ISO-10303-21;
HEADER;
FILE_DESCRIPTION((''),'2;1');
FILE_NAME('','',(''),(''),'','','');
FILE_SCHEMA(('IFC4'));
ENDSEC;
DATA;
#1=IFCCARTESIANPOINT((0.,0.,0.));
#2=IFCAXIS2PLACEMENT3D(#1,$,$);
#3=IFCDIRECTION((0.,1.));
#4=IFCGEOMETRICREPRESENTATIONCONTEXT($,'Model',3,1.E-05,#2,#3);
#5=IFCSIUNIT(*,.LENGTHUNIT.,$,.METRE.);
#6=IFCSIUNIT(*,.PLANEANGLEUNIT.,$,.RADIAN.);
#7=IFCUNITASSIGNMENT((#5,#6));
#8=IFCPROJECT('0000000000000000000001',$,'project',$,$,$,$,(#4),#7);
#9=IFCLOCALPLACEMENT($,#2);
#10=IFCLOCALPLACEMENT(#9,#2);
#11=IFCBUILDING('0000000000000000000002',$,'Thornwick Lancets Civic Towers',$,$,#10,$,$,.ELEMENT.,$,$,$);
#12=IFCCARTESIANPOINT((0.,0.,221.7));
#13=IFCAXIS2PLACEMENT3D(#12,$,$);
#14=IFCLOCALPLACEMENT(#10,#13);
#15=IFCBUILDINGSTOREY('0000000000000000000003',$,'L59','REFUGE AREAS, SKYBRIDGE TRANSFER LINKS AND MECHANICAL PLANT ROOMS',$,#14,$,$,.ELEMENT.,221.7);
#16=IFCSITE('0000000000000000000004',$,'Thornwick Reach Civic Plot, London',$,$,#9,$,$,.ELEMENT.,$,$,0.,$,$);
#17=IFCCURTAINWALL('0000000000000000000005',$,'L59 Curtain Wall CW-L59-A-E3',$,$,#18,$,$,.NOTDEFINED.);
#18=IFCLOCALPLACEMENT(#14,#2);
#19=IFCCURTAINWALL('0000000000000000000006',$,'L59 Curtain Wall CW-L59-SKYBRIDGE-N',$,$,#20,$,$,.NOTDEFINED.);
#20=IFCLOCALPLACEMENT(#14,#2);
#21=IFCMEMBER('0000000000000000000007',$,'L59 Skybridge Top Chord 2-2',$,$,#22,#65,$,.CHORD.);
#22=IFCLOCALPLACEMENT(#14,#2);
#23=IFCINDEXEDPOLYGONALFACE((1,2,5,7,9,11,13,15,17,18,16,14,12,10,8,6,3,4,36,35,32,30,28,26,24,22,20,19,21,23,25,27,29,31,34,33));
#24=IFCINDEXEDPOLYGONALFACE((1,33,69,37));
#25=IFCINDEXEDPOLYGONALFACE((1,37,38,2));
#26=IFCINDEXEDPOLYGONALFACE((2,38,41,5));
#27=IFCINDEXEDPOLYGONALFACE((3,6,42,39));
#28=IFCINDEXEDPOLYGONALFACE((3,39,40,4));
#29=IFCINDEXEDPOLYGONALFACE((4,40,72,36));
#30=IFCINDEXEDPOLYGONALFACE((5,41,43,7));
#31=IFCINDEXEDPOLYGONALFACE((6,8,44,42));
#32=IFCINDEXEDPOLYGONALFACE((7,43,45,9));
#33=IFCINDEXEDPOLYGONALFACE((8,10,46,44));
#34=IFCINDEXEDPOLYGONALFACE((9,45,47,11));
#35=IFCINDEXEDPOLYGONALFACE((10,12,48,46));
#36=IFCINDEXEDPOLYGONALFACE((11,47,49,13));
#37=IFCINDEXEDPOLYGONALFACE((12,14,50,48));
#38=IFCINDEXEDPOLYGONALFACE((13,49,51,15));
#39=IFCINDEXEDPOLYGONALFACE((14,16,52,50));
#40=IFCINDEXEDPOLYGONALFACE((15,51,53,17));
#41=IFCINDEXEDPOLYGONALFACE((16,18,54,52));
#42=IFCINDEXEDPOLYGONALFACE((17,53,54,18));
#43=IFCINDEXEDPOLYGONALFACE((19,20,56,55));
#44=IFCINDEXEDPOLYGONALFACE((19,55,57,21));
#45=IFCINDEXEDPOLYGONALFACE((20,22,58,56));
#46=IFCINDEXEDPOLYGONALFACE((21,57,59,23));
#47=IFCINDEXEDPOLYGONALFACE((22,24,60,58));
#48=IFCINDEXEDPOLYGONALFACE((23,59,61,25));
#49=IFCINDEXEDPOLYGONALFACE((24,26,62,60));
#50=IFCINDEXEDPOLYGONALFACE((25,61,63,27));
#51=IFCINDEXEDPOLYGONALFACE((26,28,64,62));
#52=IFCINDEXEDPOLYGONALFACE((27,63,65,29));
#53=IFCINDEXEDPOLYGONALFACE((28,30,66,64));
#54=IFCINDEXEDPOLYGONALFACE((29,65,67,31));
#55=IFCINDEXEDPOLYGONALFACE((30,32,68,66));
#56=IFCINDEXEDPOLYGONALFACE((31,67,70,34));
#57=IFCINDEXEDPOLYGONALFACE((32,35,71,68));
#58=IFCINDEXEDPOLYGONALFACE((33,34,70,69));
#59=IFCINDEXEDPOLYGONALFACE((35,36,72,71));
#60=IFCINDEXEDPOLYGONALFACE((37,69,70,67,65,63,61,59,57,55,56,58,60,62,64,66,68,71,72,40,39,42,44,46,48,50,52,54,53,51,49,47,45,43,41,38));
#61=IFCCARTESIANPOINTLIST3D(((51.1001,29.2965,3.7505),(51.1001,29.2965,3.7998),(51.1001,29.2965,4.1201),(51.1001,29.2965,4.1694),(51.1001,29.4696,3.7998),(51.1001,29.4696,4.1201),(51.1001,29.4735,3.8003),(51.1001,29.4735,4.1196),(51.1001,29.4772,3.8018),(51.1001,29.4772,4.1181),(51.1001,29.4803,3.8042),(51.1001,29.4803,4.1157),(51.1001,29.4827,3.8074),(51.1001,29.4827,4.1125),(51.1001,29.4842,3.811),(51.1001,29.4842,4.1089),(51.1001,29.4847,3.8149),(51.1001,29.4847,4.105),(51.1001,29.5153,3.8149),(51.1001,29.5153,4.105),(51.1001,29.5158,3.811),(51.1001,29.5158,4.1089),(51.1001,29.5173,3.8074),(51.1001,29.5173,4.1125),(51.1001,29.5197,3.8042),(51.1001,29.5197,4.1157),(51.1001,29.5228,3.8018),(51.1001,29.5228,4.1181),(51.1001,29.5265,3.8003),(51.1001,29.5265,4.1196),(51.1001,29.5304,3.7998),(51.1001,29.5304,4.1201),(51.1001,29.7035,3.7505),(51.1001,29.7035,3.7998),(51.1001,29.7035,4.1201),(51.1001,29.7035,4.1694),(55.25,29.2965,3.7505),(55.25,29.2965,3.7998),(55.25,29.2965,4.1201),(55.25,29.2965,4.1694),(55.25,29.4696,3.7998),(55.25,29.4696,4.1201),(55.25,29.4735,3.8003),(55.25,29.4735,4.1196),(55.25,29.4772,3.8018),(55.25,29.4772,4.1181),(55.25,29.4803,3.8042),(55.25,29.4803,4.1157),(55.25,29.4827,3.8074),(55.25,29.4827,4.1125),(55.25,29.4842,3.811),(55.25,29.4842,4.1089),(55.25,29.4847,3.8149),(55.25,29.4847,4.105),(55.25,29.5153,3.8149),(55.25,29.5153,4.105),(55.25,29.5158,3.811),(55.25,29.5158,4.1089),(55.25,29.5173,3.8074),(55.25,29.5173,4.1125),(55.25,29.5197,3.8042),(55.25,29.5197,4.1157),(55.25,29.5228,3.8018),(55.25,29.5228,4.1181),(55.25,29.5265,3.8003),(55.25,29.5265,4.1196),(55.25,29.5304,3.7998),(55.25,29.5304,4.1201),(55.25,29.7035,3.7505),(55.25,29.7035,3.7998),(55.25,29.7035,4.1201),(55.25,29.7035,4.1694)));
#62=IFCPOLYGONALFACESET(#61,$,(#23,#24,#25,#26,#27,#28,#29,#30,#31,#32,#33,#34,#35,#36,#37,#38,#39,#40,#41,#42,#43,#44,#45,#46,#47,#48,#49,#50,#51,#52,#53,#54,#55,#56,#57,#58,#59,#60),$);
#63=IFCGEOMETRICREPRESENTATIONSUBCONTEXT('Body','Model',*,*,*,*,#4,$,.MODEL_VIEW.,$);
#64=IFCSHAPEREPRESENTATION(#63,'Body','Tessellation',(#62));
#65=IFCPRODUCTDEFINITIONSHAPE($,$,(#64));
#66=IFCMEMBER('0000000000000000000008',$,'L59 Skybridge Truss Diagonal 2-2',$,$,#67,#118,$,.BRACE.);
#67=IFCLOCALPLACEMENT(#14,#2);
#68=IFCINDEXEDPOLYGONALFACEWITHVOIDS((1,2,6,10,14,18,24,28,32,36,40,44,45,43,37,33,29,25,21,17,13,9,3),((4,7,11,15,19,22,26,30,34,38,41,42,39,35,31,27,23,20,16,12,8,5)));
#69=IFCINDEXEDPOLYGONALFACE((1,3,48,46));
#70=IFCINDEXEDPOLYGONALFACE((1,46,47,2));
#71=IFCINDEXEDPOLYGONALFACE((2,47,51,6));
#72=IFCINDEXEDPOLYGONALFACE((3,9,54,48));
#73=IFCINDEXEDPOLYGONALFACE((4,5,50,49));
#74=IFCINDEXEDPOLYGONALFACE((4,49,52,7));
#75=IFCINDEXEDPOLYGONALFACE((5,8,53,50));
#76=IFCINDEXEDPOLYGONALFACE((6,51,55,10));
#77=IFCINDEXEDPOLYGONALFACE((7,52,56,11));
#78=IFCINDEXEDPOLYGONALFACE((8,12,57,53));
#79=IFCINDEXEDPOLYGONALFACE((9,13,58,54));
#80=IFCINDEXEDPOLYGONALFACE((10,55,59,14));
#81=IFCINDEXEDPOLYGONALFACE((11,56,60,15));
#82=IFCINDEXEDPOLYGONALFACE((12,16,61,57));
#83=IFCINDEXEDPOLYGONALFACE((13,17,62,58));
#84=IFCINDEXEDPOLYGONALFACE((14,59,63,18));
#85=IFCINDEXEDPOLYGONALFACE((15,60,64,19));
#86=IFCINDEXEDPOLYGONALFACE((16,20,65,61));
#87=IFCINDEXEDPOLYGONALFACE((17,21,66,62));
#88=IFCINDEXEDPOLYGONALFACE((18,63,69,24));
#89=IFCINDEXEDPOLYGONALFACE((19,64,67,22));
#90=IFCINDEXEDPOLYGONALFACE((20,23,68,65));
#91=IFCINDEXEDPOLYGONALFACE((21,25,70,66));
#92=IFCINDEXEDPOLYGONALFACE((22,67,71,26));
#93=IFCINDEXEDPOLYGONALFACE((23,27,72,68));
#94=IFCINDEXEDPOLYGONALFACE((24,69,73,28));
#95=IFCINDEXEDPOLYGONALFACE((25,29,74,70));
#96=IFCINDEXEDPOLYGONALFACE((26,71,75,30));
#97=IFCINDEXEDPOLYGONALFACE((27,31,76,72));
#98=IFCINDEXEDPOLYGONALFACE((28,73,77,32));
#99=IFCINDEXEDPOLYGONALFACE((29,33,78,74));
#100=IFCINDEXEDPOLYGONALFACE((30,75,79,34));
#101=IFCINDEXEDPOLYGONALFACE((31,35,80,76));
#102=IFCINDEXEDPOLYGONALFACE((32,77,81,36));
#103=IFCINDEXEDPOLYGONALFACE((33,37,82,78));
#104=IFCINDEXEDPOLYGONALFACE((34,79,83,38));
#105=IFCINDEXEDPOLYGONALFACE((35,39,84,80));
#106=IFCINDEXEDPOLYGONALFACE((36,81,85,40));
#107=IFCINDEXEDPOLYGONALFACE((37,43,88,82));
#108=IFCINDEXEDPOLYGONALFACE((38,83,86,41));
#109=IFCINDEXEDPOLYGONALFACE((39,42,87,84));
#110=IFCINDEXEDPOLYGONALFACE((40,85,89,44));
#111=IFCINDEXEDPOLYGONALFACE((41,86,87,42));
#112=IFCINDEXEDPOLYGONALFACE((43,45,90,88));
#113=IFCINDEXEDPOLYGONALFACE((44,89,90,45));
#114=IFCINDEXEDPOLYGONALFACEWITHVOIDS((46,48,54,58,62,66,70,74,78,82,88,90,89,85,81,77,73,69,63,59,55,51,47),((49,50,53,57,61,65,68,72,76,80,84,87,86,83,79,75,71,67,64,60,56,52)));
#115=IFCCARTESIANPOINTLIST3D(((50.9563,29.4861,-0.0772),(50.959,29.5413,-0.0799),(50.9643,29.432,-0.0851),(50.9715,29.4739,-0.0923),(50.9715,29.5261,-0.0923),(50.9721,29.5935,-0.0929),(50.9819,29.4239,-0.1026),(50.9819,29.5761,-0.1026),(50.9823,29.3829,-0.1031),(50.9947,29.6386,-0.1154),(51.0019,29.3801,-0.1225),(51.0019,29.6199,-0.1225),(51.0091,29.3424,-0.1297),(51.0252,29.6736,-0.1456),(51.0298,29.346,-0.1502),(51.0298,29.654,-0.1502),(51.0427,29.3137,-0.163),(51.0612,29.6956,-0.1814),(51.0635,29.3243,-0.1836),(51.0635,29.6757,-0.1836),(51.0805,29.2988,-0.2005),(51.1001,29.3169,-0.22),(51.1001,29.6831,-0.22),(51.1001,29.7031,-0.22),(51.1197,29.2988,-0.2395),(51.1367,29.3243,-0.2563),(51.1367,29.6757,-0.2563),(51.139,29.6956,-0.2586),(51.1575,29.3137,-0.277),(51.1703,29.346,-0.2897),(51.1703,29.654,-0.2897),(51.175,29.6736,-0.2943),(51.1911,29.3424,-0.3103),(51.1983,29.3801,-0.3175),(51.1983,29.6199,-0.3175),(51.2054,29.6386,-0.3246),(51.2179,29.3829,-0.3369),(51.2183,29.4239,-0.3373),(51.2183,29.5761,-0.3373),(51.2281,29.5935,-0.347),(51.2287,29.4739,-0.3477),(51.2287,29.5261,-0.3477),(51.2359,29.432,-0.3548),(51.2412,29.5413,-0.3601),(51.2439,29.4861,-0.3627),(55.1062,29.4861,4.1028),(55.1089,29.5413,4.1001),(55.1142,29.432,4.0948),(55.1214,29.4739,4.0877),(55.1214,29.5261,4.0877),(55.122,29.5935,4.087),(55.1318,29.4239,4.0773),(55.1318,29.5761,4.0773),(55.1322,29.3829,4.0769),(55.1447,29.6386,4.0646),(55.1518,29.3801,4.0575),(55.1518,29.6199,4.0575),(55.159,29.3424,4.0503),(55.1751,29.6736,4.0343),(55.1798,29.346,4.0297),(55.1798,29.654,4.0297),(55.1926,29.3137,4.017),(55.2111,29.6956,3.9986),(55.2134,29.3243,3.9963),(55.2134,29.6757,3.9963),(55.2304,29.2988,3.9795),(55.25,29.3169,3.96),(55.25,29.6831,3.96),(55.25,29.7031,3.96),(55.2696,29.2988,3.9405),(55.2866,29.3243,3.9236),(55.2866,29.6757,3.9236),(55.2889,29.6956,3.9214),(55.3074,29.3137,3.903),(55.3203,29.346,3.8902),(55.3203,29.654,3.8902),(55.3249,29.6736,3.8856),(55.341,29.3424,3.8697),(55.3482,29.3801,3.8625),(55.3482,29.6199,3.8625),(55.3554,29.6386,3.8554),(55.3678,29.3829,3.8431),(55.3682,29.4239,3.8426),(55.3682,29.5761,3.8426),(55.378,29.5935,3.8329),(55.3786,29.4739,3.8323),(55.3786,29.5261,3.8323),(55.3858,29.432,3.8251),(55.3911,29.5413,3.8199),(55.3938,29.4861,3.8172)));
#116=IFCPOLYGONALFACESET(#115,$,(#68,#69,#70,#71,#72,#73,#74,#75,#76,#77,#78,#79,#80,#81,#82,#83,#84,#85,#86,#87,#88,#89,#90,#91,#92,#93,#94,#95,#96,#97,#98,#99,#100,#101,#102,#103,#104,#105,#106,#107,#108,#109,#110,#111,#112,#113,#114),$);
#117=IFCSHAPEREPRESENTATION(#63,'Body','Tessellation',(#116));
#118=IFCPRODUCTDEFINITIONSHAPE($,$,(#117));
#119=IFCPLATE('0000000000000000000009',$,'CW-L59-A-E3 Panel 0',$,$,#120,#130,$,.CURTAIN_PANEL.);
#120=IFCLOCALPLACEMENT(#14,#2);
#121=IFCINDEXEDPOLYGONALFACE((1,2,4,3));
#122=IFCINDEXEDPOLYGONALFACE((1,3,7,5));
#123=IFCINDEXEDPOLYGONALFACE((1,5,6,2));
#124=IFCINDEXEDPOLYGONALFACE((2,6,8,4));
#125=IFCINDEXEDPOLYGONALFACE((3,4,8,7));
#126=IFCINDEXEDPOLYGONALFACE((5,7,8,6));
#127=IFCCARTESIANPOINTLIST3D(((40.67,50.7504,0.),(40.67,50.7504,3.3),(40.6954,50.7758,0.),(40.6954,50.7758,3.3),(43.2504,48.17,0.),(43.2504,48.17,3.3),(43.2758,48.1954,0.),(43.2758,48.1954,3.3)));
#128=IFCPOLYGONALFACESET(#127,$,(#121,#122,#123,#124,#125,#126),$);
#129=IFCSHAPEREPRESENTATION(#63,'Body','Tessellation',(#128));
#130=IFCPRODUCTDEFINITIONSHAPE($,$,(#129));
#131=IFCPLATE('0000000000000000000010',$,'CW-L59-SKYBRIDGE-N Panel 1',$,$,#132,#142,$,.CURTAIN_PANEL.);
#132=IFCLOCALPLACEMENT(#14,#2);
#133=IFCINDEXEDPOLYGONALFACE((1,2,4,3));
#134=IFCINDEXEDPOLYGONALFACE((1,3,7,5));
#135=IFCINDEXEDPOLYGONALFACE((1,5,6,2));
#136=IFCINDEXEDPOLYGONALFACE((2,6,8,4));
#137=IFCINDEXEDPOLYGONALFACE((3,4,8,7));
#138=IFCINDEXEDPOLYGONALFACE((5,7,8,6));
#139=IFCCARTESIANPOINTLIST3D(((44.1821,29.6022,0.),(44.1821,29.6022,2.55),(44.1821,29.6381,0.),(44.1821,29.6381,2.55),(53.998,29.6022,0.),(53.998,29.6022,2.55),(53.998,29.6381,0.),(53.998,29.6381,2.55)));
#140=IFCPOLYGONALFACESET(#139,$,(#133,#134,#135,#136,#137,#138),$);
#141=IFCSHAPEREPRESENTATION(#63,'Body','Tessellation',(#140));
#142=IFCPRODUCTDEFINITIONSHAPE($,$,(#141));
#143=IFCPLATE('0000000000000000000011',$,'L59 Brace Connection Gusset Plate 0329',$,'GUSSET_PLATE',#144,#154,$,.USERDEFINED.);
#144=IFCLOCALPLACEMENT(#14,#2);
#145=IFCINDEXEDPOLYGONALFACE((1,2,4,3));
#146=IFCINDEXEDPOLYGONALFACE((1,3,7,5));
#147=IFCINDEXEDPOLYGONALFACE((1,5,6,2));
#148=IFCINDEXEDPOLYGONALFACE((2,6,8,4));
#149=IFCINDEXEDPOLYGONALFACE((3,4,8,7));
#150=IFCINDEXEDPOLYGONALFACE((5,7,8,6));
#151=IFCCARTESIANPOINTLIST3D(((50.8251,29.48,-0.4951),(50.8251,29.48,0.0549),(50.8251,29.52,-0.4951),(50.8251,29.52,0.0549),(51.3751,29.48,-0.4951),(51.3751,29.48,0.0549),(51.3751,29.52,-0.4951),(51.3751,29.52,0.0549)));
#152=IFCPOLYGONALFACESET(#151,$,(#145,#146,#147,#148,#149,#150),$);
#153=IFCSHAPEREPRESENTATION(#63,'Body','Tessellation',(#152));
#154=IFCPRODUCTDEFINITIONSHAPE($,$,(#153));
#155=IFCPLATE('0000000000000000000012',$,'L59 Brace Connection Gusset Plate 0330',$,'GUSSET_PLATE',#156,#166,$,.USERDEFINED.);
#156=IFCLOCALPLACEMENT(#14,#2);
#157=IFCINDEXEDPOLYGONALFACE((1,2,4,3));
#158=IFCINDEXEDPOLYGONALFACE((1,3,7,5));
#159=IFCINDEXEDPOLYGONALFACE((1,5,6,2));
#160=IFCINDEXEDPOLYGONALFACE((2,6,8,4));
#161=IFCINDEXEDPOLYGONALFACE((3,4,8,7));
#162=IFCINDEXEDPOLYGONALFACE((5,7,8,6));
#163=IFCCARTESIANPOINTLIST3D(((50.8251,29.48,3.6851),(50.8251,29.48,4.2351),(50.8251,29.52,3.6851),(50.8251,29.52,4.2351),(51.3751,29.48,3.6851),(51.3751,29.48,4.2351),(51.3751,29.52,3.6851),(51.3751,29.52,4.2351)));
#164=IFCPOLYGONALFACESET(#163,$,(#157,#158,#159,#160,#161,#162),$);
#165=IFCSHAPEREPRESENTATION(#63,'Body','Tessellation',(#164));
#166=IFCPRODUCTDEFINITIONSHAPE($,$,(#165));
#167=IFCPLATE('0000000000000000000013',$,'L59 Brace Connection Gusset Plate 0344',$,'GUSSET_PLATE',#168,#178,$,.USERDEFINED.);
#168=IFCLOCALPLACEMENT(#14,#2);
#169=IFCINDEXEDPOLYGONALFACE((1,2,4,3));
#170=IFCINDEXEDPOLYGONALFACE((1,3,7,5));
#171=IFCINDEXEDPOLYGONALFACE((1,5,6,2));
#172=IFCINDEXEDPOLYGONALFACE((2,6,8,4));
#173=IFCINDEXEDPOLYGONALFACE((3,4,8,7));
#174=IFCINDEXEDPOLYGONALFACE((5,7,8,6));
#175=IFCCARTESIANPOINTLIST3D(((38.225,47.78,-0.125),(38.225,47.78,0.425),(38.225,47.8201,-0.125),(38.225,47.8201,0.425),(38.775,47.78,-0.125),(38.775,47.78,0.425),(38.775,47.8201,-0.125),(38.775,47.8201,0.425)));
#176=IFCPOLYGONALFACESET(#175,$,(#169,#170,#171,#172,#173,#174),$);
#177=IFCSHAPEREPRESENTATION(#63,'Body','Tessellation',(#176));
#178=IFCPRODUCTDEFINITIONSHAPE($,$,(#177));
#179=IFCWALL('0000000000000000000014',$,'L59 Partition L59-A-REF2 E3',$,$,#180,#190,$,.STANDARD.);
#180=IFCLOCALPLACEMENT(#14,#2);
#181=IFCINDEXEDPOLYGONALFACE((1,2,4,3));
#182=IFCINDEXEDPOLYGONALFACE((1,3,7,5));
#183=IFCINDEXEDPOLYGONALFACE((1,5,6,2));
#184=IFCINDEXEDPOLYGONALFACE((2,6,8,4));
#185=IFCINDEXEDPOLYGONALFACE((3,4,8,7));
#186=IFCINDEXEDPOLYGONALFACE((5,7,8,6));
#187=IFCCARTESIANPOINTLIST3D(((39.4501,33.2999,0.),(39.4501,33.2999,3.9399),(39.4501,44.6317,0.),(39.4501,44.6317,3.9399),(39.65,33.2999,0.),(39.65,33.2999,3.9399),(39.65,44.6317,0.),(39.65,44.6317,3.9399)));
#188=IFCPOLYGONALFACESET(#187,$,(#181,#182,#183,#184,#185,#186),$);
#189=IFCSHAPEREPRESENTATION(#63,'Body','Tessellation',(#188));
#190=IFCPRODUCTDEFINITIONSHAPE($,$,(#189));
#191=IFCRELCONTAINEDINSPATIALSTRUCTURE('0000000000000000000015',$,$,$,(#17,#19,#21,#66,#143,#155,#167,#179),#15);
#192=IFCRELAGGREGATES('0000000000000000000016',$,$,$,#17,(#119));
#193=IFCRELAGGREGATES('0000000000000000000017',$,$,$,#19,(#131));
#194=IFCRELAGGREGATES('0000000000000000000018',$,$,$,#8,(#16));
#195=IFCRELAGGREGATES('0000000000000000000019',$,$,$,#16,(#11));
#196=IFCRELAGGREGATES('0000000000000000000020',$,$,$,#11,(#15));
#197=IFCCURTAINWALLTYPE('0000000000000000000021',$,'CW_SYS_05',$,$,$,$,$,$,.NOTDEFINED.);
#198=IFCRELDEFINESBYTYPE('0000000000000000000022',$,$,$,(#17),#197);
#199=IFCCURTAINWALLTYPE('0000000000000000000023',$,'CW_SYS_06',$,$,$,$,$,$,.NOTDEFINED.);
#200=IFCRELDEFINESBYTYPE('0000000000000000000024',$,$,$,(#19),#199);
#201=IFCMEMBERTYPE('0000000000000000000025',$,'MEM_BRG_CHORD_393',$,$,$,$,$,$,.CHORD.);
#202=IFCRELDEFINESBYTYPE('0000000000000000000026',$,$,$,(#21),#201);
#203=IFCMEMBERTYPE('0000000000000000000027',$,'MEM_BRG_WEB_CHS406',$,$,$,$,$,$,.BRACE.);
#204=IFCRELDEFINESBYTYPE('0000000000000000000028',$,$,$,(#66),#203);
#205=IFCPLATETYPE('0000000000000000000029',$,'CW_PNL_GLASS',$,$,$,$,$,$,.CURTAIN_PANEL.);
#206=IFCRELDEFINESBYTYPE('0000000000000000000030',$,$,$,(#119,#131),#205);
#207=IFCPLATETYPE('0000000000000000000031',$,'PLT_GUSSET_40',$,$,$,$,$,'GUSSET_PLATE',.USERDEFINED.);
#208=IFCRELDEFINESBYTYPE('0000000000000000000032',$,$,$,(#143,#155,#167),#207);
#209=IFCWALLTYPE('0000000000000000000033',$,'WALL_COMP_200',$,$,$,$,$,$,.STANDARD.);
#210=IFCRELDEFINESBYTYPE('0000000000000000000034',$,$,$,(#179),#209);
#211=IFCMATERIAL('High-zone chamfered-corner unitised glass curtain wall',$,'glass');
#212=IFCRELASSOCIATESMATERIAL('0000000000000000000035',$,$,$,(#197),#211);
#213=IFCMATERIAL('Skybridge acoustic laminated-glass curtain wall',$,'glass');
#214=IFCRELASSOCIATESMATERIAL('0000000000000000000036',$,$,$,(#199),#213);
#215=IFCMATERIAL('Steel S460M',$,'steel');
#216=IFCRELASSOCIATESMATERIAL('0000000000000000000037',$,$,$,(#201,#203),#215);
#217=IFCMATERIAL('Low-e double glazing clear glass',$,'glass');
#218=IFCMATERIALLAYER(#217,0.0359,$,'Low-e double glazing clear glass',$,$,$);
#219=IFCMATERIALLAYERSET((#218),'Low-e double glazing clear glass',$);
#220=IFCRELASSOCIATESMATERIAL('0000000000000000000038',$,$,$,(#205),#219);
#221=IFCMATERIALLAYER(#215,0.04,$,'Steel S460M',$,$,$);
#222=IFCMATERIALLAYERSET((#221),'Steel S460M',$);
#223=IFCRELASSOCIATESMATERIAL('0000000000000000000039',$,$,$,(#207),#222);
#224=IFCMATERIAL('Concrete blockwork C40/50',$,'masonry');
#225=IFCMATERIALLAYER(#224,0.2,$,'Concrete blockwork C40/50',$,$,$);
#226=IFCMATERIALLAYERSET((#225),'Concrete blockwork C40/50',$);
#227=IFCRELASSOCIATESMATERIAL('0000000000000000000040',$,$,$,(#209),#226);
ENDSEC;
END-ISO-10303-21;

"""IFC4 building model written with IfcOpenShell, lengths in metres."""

from ifc_helpers import new_model, si_unit, direction, frame, frame_2d, origin, origin_2d, place, context, subcontext, project, spatial, rectangle, hollow_circle, i_section, extrude, material, layer, layer_set, material_profile, profile_set, type_object, element, aggregate, save


model = new_model("IFC4")

# Units and contexts
model_context = context("Model", 3, precision=1e-05, world=origin(), true_north=direction((0.0, 1.0)))
body_context = subcontext(model_context, "Body", "Model", "MODEL_VIEW")
ifc_project = project(units=[si_unit("LENGTHUNIT", "METRE"), si_unit("PLANEANGLEUNIT", "RADIAN")], contexts=[model_context])

# Site, building, storey
site_placement = place(None, origin())
site = spatial("IfcSite", under=ifc_project, at=site_placement, Name="Thornwick Reach Civic Plot, London", CompositionType="ELEMENT", RefElevation=0.0)
building_placement = place(site_placement, origin())
building = spatial("IfcBuilding", under=site, at=building_placement, Name="Thornwick Lancets Civic Towers", CompositionType="ELEMENT")
storey_placement = place(building_placement, frame((0.0, 0.0, 221.7)))
storey = spatial("IfcBuildingStorey", under=building, at=storey_placement, Name="L59", Description="REFUGE AREAS, SKYBRIDGE TRANSFER LINKS AND MECHANICAL PLANT ROOMS", CompositionType="ELEMENT", Elevation=221.7)

# Shared definitions
ifc_material_1 = material(Name="Steel S460M", Category="steel")

# Curtain wall
ifc_material_2 = material(Name="High-zone chamfered-corner unitised glass curtain wall", Category="glass")
curtain_wall_type_1 = type_object("IfcCurtainWallType", Name="CW_SYS_05", PredefinedType="NOTDEFINED", material=ifc_material_2)
curtain_wall_1_placement = place(storey_placement, origin())
curtain_wall_1 = element("IfcCurtainWall", 1, at=curtain_wall_1_placement, inside=storey, type_object=curtain_wall_type_1, Name="L59 Curtain Wall CW-L59-A-E3", PredefinedType="NOTDEFINED")

# Curtain wall
ifc_material_3 = material(Name="Skybridge acoustic laminated-glass curtain wall", Category="glass")
curtain_wall_type_2 = type_object("IfcCurtainWallType", Name="CW_SYS_06", PredefinedType="NOTDEFINED", material=ifc_material_3)
curtain_wall_2_placement = place(storey_placement, origin())
curtain_wall_2 = element("IfcCurtainWall", 2, at=curtain_wall_2_placement, inside=storey, type_object=curtain_wall_type_2, Name="L59 Curtain Wall CW-L59-SKYBRIDGE-N", PredefinedType="NOTDEFINED")

# Members
ifc_material_profile_1 = material_profile(ifc_material_1, i_section(OverallWidth=0.407, OverallDepth=0.4189, WebThickness=0.0305, FlangeThickness=0.0493, FilletRadius=0.0151, at=origin_2d()), Name="UKC 356x406x393")
ifc_profile_set_1 = profile_set([ifc_material_profile_1], Name="Steel S460M")
member_type_1 = type_object("IfcMemberType", Name="MEM_BRG_CHORD_393", PredefinedType="CHORD", material=ifc_profile_set_1)
member_1_placement = place(storey_placement, frame((51.1001, 29.5, 3.96), z_axis=(1.0, 0.0, 0.0), x_axis=(0.0, 1.0, 0.0)))
element("IfcMember", 3, at=member_1_placement, inside=storey, type_object=member_type_1, Name="L59 Skybridge Top Chord 2-2", PredefinedType="CHORD", context=body_context, shape_type="SweptSolid", body=[
    extrude(i_section(OverallWidth=0.407, OverallDepth=0.4189, WebThickness=0.0305, FlangeThickness=0.0493, FilletRadius=0.0151, at=origin_2d()), origin(), (0.0, 0.0, 1.0), 4.1499),
])
ifc_material_profile_2 = material_profile(ifc_material_1, hollow_circle(Radius=0.2031, WallThickness=0.02, at=origin_2d()), Name="CHS 406.4x20")
ifc_profile_set_2 = profile_set([ifc_material_profile_2], Name="Steel S460M")
member_type_2 = type_object("IfcMemberType", Name="MEM_BRG_WEB_CHS406", PredefinedType="BRACE", material=ifc_profile_set_2)
member_2_placement = place(storey_placement, frame((51.1001, 29.5, -0.22), z_axis=(0.704553, 0.0, 0.709651), x_axis=(0.0, 1.0, 0.0)))
element("IfcMember", 4, at=member_2_placement, inside=storey, type_object=member_type_2, Name="L59 Skybridge Truss Diagonal 2-2", PredefinedType="BRACE", context=body_context, shape_type="SweptSolid", body=[
    extrude(hollow_circle(Radius=0.2031, WallThickness=0.02, at=origin_2d()), origin(), (0.0, 0.0, 1.0), 5.8901),
])

# Plates
ifc_material_4 = material(Name="Low-e double glazing clear glass", Category="glass")
ifc_layer_1 = layer(ifc_material_4, 0.0359, Name="Low-e double glazing clear glass")
ifc_layer_set_1 = layer_set([ifc_layer_1], Name="Low-e double glazing clear glass")
plate_type_1 = type_object("IfcPlateType", Name="CW_PNL_GLASS", PredefinedType="CURTAIN_PANEL", material=ifc_layer_set_1)
plate_1_placement = place(storey_placement, frame((41.9729, 49.4729, 0.0), z_axis=(0.0, 0.0, 1.0), x_axis=(-0.707107, 0.707107, 0.0)))
plate_1 = element("IfcPlate", 5, at=plate_1_placement, type_object=plate_type_1, Name="CW-L59-A-E3 Panel 0", PredefinedType="CURTAIN_PANEL", context=body_context, shape_type="SweptSolid", body=[
    extrude(rectangle(XDim=3.6492, YDim=0.0359, at=origin_2d()), origin(), (0.0, 0.0, 1.0), 3.3),
])
aggregate(curtain_wall_1, [plate_1])
plate_2_placement = place(storey_placement, frame((49.0901, 29.6201, 0.0), z_axis=(0.0, 0.0, 1.0), x_axis=(-1.0, 0.0, 0.0)))
plate_2 = element("IfcPlate", 6, at=plate_2_placement, type_object=plate_type_1, Name="CW-L59-SKYBRIDGE-N Panel 1", PredefinedType="CURTAIN_PANEL", context=body_context, shape_type="SweptSolid", body=[
    extrude(rectangle(XDim=9.8159, YDim=0.0359, at=origin_2d()), origin(), (0.0, 0.0, 1.0), 2.55),
])
aggregate(curtain_wall_2, [plate_2])

# Plates
ifc_layer_2 = layer(ifc_material_1, 0.04, Name="Steel S460M")
ifc_layer_set_2 = layer_set([ifc_layer_2], Name="Steel S460M")
plate_type_2 = type_object("IfcPlateType", Name="PLT_GUSSET_40", ElementType="GUSSET_PLATE", PredefinedType="USERDEFINED", material=ifc_layer_set_2)
for number, where, z_axis, x_axis, name in (
    (7, (51.1001, 29.5, -0.4951), (0.0, 0.0, 1.0), (1.0, 0.0, 0.0), "L59 Brace Connection Gusset Plate 0329"),
    (8, (51.1001, 29.5, 3.6851), (0.0, 0.0, 1.0), (1.0, 0.0, 0.0), "L59 Brace Connection Gusset Plate 0330"),
    (9, (38.5, 47.8, -0.125), (0.0, 0.0, 1.0), (-1.0, 0.0, 0.0), "L59 Brace Connection Gusset Plate 0344"),
):
    element("IfcPlate", number, at=place(storey_placement, frame(where, z_axis=z_axis, x_axis=x_axis)), inside=storey, type_object=plate_type_2, Name=name, ObjectType="GUSSET_PLATE", PredefinedType="USERDEFINED", context=body_context, shape_type="SweptSolid", body=[
        extrude(rectangle(XDim=0.55, YDim=0.04, at=origin_2d()), origin(), (0.0, 0.0, 1.0), 0.55),
    ])

# Wall
ifc_material_5 = material(Name="Concrete blockwork C40/50", Category="masonry")
ifc_layer_3 = layer(ifc_material_5, 0.2, Name="Concrete blockwork C40/50")
ifc_layer_set_3 = layer_set([ifc_layer_3], Name="Concrete blockwork C40/50")
wall_type_1 = type_object("IfcWallType", Name="WALL_COMP_200", PredefinedType="STANDARD", material=ifc_layer_set_3)
wall_1_placement = place(storey_placement, frame((39.55, 44.6318, 0.0), z_axis=(0.0, 0.0, 1.0), x_axis=(0.0, -1.0, 0.0)))
element("IfcWall", 10, at=wall_1_placement, inside=storey, type_object=wall_type_1, Name="L59 Partition L59-A-REF2 E3", PredefinedType="STANDARD", context=body_context, shape_type="SweptSolid", body=[
    extrude(rectangle(XDim=11.3318, YDim=0.2, at=frame_2d((5.666, 0.0))), origin(), (0.0, 0.0, 1.0), 3.9399),
])

save(model, "model.ifc")
